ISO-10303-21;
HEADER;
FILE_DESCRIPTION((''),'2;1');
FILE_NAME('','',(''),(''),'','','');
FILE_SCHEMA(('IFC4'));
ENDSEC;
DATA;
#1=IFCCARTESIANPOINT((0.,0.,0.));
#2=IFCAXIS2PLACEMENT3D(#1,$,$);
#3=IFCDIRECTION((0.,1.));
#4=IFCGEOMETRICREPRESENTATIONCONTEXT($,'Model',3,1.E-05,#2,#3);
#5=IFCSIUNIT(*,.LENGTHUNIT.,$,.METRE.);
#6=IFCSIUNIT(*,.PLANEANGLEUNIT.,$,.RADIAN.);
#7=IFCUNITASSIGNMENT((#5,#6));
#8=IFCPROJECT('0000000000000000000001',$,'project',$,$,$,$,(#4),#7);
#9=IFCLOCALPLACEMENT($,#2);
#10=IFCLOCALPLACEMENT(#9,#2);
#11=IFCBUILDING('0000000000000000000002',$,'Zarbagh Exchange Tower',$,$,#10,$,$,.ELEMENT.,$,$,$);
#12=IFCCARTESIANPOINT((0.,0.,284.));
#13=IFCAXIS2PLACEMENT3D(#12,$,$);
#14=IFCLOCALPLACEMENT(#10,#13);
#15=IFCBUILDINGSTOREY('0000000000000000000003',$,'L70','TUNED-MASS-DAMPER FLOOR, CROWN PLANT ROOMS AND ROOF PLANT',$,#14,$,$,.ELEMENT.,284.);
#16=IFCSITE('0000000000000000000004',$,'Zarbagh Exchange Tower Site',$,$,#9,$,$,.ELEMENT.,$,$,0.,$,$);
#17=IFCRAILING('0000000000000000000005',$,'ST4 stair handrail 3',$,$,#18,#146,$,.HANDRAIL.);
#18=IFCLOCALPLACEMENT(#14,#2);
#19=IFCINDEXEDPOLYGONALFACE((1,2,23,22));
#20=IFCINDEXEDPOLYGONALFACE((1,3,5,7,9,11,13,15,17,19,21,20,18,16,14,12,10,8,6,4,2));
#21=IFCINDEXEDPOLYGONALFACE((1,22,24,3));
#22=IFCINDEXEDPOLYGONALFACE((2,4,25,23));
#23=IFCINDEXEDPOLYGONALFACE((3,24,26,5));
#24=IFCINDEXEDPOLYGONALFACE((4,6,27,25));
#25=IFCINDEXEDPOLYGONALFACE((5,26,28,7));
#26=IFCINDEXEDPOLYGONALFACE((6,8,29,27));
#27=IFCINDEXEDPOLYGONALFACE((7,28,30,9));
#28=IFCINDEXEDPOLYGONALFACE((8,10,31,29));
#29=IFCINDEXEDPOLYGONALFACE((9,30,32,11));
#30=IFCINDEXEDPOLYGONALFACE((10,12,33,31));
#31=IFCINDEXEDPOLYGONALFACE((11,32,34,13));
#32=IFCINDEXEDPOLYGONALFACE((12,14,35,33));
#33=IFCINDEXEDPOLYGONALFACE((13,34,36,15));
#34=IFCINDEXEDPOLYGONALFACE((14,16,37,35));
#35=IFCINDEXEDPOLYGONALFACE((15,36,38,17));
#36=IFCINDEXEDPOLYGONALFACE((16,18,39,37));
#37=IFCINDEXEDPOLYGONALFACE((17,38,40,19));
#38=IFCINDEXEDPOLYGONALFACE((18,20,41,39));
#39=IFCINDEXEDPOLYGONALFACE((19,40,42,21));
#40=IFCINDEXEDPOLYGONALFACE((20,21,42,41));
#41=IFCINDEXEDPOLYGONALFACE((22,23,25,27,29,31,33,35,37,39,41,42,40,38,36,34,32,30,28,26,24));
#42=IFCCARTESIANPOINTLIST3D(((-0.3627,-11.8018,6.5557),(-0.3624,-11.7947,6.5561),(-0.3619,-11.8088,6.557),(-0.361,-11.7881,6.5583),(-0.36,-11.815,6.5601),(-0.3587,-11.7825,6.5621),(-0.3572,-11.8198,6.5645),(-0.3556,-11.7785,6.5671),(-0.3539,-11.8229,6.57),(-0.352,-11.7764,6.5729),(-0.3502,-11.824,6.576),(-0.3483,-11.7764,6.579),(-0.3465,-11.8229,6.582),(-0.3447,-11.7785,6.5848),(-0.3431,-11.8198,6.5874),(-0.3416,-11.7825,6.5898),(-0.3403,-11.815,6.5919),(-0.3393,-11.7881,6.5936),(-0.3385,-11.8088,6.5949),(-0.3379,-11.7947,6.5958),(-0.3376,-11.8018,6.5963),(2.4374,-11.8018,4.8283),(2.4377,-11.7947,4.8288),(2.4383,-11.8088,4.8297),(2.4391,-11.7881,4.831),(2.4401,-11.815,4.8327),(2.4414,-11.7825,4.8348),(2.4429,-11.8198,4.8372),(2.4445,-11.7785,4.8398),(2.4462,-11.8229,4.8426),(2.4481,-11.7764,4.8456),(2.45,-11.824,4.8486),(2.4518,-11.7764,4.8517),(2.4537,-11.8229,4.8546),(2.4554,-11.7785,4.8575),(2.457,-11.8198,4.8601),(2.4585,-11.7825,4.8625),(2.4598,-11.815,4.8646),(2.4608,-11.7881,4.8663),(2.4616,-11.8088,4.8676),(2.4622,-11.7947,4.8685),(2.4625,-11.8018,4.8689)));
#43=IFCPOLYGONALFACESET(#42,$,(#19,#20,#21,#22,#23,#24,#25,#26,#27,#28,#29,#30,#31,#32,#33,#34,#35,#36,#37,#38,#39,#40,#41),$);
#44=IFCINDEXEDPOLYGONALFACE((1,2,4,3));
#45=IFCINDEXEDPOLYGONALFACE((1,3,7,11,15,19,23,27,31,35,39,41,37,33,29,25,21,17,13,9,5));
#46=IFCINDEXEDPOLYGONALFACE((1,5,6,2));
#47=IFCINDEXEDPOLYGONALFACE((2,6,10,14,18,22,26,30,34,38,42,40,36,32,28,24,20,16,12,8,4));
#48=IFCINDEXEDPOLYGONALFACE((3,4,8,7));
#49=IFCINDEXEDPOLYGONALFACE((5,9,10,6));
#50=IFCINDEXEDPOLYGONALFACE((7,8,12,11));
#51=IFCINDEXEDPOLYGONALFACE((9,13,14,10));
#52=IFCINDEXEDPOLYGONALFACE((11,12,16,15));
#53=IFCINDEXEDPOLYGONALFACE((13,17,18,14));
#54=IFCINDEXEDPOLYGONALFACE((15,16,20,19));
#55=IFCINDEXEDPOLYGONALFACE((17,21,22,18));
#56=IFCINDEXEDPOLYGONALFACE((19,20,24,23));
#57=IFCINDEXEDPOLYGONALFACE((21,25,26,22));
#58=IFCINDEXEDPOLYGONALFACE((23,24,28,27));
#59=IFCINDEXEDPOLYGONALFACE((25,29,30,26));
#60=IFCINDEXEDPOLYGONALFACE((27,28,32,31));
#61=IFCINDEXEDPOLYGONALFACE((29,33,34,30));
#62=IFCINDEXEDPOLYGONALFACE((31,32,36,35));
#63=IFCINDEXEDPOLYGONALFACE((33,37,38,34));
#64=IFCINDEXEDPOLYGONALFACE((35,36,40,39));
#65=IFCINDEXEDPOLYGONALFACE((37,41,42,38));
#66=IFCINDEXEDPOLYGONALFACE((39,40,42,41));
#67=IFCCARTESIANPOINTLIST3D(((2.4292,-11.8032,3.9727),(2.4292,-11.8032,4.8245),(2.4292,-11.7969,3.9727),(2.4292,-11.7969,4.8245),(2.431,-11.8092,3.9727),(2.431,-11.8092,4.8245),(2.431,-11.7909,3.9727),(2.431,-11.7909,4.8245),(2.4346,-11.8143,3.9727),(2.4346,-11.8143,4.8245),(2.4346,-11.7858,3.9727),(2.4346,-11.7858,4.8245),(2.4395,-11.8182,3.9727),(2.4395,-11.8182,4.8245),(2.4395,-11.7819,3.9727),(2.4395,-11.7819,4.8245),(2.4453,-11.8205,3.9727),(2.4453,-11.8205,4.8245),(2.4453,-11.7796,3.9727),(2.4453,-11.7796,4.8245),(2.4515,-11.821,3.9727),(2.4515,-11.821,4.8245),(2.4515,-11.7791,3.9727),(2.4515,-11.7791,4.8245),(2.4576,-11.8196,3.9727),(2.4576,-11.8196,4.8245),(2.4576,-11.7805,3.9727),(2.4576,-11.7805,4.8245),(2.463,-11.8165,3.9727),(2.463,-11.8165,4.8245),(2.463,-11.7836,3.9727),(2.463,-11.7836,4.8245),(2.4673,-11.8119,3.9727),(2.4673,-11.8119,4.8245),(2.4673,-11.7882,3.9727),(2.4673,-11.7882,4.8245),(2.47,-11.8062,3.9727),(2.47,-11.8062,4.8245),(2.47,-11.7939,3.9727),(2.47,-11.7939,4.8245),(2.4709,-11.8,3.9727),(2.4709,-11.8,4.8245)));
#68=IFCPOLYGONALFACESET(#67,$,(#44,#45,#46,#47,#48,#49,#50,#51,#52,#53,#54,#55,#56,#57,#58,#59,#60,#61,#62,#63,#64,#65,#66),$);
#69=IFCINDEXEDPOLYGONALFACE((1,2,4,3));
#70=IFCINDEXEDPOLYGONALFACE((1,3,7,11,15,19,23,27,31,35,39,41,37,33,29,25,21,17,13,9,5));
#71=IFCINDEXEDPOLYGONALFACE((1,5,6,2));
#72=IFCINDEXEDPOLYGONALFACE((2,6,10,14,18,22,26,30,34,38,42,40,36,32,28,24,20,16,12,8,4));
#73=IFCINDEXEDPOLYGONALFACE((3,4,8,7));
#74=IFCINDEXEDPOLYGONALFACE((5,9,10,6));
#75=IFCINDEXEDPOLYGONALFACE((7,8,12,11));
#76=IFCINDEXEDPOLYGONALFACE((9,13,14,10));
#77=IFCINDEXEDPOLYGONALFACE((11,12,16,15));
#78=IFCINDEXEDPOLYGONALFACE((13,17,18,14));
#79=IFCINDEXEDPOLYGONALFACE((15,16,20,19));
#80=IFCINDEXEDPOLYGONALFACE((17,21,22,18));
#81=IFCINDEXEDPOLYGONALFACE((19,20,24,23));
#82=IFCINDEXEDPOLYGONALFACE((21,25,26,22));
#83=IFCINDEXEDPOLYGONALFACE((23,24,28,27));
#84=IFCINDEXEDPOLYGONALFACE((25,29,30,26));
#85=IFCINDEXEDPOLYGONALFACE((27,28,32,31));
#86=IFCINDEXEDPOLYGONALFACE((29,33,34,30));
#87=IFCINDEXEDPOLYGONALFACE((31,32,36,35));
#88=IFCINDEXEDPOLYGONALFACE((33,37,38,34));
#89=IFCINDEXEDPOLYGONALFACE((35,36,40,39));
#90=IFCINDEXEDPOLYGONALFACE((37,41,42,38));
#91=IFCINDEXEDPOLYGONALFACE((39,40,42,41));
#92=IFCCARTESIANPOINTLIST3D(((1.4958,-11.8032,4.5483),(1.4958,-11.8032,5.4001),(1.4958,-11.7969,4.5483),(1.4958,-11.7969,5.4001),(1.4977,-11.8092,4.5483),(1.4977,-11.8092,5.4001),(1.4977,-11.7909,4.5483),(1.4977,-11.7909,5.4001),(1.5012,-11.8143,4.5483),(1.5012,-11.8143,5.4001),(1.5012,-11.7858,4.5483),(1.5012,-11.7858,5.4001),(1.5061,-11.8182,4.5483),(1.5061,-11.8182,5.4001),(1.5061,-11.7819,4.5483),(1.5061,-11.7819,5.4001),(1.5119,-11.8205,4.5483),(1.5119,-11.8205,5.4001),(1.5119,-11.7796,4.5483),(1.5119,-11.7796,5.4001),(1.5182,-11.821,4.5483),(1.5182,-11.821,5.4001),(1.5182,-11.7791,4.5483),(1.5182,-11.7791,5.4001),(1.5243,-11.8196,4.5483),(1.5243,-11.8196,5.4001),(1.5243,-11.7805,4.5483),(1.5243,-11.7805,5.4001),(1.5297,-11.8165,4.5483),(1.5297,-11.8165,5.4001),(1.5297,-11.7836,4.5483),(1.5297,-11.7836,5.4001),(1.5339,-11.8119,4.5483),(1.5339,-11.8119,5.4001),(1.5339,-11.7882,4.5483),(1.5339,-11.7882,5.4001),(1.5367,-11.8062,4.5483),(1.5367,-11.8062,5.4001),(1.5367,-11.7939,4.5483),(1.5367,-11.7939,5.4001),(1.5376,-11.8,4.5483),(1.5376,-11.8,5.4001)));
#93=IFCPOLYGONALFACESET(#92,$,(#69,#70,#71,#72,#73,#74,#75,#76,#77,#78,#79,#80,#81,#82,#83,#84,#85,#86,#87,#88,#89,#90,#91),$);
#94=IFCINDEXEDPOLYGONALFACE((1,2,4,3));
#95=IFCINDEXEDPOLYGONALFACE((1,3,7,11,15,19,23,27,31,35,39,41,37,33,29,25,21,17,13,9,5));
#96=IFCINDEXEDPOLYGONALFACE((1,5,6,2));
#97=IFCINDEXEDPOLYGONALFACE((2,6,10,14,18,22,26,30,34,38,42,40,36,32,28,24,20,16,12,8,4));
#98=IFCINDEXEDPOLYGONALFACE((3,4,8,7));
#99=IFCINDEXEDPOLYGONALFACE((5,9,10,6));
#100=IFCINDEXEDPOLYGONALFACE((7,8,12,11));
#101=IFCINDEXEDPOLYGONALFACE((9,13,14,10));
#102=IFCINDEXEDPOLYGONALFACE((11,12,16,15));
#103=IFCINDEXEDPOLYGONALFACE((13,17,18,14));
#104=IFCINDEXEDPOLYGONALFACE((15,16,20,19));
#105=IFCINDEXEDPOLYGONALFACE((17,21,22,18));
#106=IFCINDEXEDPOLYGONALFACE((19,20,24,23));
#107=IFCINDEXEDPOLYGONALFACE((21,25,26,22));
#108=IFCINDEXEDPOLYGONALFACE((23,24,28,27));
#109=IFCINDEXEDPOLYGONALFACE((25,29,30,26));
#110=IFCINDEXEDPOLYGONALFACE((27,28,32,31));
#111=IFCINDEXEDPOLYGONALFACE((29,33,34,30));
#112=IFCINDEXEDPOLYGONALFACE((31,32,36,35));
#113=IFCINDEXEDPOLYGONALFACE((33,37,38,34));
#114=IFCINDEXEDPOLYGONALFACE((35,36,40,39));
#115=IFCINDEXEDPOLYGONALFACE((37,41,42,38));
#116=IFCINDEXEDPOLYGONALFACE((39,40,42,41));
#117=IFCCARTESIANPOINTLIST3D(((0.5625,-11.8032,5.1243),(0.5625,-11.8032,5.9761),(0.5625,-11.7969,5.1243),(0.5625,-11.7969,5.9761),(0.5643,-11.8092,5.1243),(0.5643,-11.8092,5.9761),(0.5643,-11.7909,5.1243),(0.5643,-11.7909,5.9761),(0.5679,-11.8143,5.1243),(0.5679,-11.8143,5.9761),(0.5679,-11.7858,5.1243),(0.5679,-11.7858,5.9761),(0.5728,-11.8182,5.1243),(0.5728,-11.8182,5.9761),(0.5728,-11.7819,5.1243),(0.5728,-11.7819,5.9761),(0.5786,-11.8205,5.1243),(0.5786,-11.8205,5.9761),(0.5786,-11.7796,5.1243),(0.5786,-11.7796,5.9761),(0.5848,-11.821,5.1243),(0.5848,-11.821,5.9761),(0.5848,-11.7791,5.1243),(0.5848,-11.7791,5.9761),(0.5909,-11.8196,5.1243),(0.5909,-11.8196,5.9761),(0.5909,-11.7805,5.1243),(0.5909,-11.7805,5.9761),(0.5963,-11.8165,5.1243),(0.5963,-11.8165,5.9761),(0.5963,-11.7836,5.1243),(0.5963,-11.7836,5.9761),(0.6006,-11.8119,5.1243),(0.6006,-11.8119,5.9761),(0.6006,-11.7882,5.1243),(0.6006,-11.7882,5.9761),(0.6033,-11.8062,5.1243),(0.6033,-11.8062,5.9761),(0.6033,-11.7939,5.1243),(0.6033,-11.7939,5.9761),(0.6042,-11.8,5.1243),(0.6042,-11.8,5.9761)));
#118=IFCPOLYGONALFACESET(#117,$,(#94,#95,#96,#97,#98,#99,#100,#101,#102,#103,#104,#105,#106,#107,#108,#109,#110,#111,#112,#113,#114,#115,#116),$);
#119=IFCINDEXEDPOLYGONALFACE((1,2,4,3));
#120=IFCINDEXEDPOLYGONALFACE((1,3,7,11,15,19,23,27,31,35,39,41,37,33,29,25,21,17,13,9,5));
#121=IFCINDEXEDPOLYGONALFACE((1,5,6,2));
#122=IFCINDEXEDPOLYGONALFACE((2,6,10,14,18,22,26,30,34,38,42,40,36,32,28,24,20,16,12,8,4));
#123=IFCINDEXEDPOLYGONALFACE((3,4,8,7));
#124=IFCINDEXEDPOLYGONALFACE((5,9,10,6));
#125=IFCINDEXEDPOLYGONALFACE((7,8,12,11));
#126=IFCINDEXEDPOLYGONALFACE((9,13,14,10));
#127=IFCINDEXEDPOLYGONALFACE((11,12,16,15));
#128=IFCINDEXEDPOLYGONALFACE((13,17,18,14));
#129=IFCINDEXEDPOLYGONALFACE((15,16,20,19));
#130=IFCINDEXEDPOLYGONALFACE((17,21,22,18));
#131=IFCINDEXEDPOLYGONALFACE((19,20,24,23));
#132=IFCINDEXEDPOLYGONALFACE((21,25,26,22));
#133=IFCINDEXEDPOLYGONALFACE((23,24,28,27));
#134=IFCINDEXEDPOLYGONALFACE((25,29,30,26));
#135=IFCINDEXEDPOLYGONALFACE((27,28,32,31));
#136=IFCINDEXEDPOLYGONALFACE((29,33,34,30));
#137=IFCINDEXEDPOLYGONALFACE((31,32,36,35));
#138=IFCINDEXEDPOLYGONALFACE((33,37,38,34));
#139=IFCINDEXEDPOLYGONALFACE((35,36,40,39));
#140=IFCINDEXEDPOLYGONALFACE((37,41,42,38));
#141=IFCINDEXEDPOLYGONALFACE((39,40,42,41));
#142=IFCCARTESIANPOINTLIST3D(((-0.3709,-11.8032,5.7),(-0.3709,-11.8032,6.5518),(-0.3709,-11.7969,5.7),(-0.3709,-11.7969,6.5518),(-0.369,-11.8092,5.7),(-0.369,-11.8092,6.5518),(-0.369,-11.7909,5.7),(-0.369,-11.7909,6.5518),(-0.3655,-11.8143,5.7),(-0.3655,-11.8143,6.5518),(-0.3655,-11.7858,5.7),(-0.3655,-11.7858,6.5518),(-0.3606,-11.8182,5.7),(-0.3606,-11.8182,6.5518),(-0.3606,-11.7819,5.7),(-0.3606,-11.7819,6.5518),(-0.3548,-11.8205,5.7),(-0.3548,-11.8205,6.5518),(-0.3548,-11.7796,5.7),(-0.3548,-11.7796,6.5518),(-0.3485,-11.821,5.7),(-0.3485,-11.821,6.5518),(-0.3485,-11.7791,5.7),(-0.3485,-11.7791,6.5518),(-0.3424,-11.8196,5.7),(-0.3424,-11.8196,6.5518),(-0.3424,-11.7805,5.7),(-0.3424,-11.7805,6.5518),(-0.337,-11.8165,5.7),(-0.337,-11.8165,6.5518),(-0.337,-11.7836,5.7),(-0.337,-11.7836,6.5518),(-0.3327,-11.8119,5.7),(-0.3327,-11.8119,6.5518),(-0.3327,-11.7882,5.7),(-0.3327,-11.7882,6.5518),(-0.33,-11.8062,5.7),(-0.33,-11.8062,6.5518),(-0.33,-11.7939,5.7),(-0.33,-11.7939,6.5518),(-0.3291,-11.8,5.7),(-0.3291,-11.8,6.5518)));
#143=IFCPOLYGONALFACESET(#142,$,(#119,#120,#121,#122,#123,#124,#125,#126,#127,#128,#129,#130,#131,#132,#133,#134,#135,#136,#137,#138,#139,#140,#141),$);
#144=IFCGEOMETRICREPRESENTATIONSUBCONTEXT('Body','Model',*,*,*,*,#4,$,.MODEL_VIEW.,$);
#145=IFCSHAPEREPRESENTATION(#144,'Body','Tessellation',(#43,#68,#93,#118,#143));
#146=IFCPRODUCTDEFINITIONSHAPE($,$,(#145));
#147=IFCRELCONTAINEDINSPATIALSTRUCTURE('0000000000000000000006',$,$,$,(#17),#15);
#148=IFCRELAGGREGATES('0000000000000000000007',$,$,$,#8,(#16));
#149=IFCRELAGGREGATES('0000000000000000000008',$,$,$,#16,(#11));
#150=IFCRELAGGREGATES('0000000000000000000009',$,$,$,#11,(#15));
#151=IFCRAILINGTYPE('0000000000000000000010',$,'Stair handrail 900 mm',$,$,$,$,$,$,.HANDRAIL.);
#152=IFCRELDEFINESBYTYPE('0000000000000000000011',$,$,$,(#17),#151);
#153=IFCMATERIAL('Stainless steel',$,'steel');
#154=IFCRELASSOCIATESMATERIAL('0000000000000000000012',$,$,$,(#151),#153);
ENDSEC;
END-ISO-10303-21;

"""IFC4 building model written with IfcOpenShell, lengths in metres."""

from ifc_helpers import new_model, si_unit, direction, frame, origin, origin_2d, place, context, subcontext, project, spatial, circle, extrude, material, type_object, element, save


model = new_model("IFC4")

# Units and contexts
model_context = context("Model", 3, precision=1e-05, world=origin(), true_north=direction((0.0, 1.0)))
body_context = subcontext(model_context, "Body", "Model", "MODEL_VIEW")
ifc_project = project(units=[si_unit("LENGTHUNIT", "METRE"), si_unit("PLANEANGLEUNIT", "RADIAN")], contexts=[model_context])

# Site, building, storey
site_placement = place(None, origin())
site = spatial("IfcSite", under=ifc_project, at=site_placement, Name="Zarbagh Exchange Tower Site", CompositionType="ELEMENT", RefElevation=0.0)
building_placement = place(site_placement, origin())
building = spatial("IfcBuilding", under=site, at=building_placement, Name="Zarbagh Exchange Tower", CompositionType="ELEMENT")
storey_placement = place(building_placement, frame((0.0, 0.0, 284.0)))
storey = spatial("IfcBuildingStorey", under=building, at=storey_placement, Name="L70", Description="TUNED-MASS-DAMPER FLOOR, CROWN PLANT ROOMS AND ROOF PLANT", CompositionType="ELEMENT", Elevation=284.0)

# Railing
ifc_material_1 = material(Name="Stainless steel", Category="steel")
railing_type_1 = type_object("IfcRailingType", Name="Stair handrail 900 mm", PredefinedType="HANDRAIL", material=ifc_material_1)
for number, where, name in (
    (1, (2.45, -11.8, 3.9727), "ST4 stair handrail 3"),
):
    element("IfcRailing", number, at=place(storey_placement, frame(where)), inside=storey, type_object=railing_type_1, Name=name, PredefinedType="HANDRAIL", context=body_context, shape_type="SweptSolid", body=[
        extrude(circle(Radius=0.0239, at=origin_2d()), frame((0.0, 0.0, 0.876), z_axis=(-0.85109, 0.0, 0.52502), x_axis=(0.0, -1.0, 0.0)), (0.0, 0.0, 1.0), 3.29),
        extrude(circle(Radius=0.021, at=origin_2d()), origin(), (0.0, 0.0, 1.0), 0.8518),
        extrude(circle(Radius=0.021, at=origin_2d()), frame((-0.9333, 0.0, 0.5757)), (0.0, 0.0, 1.0), 0.8518),
        extrude(circle(Radius=0.021, at=origin_2d()), frame((-1.8667, 0.0, 1.1516)), (0.0, 0.0, 1.0), 0.8518),
        extrude(circle(Radius=0.021, at=origin_2d()), frame((-2.8, 0.0, 1.7273)), (0.0, 0.0, 1.0), 0.8518),
    ])

save(model, "model.ifc")
